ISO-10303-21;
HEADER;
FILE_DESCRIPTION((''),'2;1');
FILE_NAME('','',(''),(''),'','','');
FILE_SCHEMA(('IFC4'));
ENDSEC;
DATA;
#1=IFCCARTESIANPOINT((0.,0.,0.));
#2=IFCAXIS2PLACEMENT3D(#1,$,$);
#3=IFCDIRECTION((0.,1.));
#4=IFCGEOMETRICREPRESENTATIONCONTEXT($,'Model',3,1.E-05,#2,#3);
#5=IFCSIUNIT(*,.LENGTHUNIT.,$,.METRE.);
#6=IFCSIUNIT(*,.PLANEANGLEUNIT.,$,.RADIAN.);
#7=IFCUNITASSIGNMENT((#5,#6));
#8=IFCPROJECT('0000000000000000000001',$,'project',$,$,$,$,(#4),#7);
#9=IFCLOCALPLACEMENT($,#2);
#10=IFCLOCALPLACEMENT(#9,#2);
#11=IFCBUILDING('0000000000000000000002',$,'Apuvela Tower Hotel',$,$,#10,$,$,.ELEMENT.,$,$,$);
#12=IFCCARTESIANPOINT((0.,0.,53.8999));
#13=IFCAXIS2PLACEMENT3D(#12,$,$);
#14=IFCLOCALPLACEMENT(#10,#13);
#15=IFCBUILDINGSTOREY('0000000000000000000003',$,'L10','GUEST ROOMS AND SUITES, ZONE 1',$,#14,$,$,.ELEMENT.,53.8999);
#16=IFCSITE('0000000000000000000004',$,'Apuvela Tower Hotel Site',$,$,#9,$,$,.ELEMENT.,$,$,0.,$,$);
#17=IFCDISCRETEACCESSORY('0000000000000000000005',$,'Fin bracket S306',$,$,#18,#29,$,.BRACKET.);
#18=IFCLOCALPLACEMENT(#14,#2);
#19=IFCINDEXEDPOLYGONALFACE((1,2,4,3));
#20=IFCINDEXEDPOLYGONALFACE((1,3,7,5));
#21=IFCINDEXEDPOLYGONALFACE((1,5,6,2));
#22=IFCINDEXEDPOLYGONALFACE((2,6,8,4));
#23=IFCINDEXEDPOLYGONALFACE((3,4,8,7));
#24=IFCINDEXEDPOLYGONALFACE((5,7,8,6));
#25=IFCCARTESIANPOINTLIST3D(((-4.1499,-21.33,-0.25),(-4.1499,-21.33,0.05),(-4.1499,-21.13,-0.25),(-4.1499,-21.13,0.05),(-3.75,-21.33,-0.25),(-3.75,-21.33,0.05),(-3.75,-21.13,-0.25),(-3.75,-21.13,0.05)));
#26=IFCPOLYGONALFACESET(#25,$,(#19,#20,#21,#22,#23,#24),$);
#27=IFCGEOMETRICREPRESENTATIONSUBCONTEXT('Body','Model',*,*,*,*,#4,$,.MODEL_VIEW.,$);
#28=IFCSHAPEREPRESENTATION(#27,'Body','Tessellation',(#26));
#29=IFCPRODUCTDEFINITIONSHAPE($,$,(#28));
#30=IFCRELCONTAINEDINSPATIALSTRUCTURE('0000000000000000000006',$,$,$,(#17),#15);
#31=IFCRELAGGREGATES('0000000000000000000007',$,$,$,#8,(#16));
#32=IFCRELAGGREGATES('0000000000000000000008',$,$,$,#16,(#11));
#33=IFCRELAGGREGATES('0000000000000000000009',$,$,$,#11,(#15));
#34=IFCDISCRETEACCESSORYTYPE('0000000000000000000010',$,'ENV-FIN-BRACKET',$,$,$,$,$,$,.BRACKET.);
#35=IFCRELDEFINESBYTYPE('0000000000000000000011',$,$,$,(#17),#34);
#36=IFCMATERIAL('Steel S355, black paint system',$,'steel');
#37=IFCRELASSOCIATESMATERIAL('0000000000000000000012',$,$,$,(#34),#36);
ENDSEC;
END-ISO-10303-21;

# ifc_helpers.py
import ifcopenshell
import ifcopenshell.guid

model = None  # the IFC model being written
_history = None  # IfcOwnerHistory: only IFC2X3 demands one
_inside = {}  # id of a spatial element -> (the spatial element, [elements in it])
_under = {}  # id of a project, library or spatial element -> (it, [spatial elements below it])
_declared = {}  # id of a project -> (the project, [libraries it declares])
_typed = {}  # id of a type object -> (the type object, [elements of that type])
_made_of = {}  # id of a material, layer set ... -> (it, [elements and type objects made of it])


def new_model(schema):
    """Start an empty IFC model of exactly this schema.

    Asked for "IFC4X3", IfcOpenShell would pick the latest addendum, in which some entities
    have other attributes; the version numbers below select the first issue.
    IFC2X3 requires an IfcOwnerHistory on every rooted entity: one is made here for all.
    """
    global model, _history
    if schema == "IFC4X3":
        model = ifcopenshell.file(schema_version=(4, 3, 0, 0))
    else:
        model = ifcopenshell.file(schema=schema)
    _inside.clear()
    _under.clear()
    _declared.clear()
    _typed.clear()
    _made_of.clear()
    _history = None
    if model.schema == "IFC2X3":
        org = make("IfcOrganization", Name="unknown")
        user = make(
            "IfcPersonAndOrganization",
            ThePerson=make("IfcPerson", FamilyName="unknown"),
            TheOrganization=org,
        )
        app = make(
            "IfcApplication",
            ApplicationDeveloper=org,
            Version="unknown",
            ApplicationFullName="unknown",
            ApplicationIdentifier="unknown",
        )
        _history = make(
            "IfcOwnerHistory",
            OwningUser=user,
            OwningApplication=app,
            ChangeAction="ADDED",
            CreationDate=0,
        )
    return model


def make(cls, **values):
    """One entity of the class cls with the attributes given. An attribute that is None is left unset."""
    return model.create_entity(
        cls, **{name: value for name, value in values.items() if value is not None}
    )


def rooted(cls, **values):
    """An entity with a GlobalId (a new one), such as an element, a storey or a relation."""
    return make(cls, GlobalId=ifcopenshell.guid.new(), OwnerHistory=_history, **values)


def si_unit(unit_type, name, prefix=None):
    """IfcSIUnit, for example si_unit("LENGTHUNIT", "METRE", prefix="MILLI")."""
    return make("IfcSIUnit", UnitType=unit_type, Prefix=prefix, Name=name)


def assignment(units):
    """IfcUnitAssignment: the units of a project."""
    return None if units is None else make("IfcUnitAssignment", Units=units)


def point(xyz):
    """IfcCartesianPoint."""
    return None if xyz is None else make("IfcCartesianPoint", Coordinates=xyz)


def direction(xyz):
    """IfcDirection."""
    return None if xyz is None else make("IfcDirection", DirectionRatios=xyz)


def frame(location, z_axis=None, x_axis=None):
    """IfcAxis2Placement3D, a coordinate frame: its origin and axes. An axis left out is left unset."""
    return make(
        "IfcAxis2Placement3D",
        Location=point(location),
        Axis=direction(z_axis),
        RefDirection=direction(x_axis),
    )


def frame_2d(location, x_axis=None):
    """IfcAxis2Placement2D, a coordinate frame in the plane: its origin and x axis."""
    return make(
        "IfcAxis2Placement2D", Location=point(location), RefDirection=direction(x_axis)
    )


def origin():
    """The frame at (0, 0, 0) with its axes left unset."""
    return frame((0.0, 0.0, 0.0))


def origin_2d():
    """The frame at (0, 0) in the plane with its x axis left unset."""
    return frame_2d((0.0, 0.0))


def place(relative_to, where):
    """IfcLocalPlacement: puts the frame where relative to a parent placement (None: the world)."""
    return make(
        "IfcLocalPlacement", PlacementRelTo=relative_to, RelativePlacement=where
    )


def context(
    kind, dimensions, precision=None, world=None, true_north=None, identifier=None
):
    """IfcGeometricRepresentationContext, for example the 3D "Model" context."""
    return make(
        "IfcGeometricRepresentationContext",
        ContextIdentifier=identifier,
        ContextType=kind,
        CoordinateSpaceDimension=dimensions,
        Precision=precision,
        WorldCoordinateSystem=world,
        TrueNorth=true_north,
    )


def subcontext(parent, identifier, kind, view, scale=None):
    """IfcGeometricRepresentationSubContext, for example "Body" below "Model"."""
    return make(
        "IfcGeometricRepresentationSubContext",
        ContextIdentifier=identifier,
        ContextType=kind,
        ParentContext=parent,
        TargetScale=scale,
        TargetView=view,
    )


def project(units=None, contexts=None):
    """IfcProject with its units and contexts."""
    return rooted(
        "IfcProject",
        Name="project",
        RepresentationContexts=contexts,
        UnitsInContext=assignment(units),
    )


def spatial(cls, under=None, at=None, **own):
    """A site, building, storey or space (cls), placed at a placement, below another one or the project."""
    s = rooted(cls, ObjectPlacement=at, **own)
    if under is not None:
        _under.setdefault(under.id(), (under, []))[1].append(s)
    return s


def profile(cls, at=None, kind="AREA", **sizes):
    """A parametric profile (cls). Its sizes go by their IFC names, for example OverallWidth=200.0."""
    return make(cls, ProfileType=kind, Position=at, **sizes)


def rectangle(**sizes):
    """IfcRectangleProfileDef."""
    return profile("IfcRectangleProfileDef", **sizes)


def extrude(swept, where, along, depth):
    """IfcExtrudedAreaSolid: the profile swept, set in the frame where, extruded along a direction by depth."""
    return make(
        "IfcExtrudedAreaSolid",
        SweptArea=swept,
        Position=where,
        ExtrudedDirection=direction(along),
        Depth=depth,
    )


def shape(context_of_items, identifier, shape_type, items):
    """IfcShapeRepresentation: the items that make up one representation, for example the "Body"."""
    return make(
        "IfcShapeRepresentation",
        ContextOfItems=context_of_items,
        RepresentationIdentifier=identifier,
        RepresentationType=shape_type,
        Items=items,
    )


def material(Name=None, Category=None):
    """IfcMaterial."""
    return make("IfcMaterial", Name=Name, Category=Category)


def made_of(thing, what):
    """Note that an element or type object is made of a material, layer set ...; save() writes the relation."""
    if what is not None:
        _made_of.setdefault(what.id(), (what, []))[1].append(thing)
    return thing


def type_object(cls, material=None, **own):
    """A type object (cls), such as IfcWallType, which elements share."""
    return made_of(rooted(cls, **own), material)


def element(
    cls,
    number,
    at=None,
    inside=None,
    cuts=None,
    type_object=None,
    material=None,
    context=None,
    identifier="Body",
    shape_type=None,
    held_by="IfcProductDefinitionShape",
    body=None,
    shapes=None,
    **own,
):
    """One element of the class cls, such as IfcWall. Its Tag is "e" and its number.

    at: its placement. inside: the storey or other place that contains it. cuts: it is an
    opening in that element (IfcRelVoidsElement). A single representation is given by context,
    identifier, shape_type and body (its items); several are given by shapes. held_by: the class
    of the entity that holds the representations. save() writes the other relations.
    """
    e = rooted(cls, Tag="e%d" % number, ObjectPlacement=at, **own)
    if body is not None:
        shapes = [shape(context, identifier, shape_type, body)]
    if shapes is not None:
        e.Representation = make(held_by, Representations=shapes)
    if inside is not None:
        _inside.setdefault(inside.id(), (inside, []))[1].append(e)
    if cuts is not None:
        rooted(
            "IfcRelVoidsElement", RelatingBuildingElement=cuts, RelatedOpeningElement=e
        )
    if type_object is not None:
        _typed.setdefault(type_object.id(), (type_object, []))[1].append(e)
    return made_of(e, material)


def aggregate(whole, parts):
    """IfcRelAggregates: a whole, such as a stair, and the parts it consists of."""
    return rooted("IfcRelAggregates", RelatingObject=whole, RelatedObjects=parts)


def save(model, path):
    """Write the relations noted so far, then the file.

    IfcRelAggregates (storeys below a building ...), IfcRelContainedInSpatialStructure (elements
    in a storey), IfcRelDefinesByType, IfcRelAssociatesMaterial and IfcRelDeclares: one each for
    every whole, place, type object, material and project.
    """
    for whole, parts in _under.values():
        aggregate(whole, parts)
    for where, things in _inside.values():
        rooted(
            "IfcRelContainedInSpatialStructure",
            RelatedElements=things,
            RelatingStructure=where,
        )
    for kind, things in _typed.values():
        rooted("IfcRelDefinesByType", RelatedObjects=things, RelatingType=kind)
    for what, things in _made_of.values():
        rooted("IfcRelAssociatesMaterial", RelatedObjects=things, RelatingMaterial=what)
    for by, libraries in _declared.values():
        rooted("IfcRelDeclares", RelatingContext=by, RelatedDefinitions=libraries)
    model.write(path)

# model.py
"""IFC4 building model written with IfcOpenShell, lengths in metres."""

from ifc_helpers import new_model, si_unit, direction, frame, origin, origin_2d, place, context, subcontext, project, spatial, rectangle, extrude, material, type_object, element, save


model = new_model("IFC4")

# Units and contexts
model_context = context("Model", 3, precision=1e-05, world=origin(), true_north=direction((0.0, 1.0)))
body_context = subcontext(model_context, "Body", "Model", "MODEL_VIEW")
ifc_project = project(units=[si_unit("LENGTHUNIT", "METRE"), si_unit("PLANEANGLEUNIT", "RADIAN")], contexts=[model_context])

# Site, building, storey
site_placement = place(None, origin())
site = spatial("IfcSite", under=ifc_project, at=site_placement, Name="Apuvela Tower Hotel Site", CompositionType="ELEMENT", RefElevation=0.0)
building_placement = place(site_placement, origin())
building = spatial("IfcBuilding", under=site, at=building_placement, Name="Apuvela Tower Hotel", CompositionType="ELEMENT")
storey_placement = place(building_placement, frame((0.0, 0.0, 53.8999)))
storey = spatial("IfcBuildingStorey", under=building, at=storey_placement, Name="L10", Description="GUEST ROOMS AND SUITES, ZONE 1", CompositionType="ELEMENT", Elevation=53.8999)

# Discrete accessory
ifc_material_1 = material(Name="Steel S355, black paint system", Category="steel")
discrete_accessory_type = type_object("IfcDiscreteAccessoryType", Name="ENV-FIN-BRACKET", PredefinedType="BRACKET", material=ifc_material_1)
for number, where, z_axis, x_axis, name in (
    (1, (-3.95, -21.23, -0.25), (0.0, 0.0, 1.0), (1.0, 0.0, 0.0), "Fin bracket S306"),
):
    element("IfcDiscreteAccessory", number, at=place(storey_placement, frame(where, z_axis=z_axis, x_axis=x_axis)), inside=storey, type_object=discrete_accessory_type, Name=name, PredefinedType="BRACKET", context=body_context, shape_type="SweptSolid", body=[
        extrude(rectangle(XDim=0.3999, YDim=0.2, at=origin_2d()), origin(), (0.0, 0.0, 1.0), 0.3),
    ])

save(model, "model.ifc")
